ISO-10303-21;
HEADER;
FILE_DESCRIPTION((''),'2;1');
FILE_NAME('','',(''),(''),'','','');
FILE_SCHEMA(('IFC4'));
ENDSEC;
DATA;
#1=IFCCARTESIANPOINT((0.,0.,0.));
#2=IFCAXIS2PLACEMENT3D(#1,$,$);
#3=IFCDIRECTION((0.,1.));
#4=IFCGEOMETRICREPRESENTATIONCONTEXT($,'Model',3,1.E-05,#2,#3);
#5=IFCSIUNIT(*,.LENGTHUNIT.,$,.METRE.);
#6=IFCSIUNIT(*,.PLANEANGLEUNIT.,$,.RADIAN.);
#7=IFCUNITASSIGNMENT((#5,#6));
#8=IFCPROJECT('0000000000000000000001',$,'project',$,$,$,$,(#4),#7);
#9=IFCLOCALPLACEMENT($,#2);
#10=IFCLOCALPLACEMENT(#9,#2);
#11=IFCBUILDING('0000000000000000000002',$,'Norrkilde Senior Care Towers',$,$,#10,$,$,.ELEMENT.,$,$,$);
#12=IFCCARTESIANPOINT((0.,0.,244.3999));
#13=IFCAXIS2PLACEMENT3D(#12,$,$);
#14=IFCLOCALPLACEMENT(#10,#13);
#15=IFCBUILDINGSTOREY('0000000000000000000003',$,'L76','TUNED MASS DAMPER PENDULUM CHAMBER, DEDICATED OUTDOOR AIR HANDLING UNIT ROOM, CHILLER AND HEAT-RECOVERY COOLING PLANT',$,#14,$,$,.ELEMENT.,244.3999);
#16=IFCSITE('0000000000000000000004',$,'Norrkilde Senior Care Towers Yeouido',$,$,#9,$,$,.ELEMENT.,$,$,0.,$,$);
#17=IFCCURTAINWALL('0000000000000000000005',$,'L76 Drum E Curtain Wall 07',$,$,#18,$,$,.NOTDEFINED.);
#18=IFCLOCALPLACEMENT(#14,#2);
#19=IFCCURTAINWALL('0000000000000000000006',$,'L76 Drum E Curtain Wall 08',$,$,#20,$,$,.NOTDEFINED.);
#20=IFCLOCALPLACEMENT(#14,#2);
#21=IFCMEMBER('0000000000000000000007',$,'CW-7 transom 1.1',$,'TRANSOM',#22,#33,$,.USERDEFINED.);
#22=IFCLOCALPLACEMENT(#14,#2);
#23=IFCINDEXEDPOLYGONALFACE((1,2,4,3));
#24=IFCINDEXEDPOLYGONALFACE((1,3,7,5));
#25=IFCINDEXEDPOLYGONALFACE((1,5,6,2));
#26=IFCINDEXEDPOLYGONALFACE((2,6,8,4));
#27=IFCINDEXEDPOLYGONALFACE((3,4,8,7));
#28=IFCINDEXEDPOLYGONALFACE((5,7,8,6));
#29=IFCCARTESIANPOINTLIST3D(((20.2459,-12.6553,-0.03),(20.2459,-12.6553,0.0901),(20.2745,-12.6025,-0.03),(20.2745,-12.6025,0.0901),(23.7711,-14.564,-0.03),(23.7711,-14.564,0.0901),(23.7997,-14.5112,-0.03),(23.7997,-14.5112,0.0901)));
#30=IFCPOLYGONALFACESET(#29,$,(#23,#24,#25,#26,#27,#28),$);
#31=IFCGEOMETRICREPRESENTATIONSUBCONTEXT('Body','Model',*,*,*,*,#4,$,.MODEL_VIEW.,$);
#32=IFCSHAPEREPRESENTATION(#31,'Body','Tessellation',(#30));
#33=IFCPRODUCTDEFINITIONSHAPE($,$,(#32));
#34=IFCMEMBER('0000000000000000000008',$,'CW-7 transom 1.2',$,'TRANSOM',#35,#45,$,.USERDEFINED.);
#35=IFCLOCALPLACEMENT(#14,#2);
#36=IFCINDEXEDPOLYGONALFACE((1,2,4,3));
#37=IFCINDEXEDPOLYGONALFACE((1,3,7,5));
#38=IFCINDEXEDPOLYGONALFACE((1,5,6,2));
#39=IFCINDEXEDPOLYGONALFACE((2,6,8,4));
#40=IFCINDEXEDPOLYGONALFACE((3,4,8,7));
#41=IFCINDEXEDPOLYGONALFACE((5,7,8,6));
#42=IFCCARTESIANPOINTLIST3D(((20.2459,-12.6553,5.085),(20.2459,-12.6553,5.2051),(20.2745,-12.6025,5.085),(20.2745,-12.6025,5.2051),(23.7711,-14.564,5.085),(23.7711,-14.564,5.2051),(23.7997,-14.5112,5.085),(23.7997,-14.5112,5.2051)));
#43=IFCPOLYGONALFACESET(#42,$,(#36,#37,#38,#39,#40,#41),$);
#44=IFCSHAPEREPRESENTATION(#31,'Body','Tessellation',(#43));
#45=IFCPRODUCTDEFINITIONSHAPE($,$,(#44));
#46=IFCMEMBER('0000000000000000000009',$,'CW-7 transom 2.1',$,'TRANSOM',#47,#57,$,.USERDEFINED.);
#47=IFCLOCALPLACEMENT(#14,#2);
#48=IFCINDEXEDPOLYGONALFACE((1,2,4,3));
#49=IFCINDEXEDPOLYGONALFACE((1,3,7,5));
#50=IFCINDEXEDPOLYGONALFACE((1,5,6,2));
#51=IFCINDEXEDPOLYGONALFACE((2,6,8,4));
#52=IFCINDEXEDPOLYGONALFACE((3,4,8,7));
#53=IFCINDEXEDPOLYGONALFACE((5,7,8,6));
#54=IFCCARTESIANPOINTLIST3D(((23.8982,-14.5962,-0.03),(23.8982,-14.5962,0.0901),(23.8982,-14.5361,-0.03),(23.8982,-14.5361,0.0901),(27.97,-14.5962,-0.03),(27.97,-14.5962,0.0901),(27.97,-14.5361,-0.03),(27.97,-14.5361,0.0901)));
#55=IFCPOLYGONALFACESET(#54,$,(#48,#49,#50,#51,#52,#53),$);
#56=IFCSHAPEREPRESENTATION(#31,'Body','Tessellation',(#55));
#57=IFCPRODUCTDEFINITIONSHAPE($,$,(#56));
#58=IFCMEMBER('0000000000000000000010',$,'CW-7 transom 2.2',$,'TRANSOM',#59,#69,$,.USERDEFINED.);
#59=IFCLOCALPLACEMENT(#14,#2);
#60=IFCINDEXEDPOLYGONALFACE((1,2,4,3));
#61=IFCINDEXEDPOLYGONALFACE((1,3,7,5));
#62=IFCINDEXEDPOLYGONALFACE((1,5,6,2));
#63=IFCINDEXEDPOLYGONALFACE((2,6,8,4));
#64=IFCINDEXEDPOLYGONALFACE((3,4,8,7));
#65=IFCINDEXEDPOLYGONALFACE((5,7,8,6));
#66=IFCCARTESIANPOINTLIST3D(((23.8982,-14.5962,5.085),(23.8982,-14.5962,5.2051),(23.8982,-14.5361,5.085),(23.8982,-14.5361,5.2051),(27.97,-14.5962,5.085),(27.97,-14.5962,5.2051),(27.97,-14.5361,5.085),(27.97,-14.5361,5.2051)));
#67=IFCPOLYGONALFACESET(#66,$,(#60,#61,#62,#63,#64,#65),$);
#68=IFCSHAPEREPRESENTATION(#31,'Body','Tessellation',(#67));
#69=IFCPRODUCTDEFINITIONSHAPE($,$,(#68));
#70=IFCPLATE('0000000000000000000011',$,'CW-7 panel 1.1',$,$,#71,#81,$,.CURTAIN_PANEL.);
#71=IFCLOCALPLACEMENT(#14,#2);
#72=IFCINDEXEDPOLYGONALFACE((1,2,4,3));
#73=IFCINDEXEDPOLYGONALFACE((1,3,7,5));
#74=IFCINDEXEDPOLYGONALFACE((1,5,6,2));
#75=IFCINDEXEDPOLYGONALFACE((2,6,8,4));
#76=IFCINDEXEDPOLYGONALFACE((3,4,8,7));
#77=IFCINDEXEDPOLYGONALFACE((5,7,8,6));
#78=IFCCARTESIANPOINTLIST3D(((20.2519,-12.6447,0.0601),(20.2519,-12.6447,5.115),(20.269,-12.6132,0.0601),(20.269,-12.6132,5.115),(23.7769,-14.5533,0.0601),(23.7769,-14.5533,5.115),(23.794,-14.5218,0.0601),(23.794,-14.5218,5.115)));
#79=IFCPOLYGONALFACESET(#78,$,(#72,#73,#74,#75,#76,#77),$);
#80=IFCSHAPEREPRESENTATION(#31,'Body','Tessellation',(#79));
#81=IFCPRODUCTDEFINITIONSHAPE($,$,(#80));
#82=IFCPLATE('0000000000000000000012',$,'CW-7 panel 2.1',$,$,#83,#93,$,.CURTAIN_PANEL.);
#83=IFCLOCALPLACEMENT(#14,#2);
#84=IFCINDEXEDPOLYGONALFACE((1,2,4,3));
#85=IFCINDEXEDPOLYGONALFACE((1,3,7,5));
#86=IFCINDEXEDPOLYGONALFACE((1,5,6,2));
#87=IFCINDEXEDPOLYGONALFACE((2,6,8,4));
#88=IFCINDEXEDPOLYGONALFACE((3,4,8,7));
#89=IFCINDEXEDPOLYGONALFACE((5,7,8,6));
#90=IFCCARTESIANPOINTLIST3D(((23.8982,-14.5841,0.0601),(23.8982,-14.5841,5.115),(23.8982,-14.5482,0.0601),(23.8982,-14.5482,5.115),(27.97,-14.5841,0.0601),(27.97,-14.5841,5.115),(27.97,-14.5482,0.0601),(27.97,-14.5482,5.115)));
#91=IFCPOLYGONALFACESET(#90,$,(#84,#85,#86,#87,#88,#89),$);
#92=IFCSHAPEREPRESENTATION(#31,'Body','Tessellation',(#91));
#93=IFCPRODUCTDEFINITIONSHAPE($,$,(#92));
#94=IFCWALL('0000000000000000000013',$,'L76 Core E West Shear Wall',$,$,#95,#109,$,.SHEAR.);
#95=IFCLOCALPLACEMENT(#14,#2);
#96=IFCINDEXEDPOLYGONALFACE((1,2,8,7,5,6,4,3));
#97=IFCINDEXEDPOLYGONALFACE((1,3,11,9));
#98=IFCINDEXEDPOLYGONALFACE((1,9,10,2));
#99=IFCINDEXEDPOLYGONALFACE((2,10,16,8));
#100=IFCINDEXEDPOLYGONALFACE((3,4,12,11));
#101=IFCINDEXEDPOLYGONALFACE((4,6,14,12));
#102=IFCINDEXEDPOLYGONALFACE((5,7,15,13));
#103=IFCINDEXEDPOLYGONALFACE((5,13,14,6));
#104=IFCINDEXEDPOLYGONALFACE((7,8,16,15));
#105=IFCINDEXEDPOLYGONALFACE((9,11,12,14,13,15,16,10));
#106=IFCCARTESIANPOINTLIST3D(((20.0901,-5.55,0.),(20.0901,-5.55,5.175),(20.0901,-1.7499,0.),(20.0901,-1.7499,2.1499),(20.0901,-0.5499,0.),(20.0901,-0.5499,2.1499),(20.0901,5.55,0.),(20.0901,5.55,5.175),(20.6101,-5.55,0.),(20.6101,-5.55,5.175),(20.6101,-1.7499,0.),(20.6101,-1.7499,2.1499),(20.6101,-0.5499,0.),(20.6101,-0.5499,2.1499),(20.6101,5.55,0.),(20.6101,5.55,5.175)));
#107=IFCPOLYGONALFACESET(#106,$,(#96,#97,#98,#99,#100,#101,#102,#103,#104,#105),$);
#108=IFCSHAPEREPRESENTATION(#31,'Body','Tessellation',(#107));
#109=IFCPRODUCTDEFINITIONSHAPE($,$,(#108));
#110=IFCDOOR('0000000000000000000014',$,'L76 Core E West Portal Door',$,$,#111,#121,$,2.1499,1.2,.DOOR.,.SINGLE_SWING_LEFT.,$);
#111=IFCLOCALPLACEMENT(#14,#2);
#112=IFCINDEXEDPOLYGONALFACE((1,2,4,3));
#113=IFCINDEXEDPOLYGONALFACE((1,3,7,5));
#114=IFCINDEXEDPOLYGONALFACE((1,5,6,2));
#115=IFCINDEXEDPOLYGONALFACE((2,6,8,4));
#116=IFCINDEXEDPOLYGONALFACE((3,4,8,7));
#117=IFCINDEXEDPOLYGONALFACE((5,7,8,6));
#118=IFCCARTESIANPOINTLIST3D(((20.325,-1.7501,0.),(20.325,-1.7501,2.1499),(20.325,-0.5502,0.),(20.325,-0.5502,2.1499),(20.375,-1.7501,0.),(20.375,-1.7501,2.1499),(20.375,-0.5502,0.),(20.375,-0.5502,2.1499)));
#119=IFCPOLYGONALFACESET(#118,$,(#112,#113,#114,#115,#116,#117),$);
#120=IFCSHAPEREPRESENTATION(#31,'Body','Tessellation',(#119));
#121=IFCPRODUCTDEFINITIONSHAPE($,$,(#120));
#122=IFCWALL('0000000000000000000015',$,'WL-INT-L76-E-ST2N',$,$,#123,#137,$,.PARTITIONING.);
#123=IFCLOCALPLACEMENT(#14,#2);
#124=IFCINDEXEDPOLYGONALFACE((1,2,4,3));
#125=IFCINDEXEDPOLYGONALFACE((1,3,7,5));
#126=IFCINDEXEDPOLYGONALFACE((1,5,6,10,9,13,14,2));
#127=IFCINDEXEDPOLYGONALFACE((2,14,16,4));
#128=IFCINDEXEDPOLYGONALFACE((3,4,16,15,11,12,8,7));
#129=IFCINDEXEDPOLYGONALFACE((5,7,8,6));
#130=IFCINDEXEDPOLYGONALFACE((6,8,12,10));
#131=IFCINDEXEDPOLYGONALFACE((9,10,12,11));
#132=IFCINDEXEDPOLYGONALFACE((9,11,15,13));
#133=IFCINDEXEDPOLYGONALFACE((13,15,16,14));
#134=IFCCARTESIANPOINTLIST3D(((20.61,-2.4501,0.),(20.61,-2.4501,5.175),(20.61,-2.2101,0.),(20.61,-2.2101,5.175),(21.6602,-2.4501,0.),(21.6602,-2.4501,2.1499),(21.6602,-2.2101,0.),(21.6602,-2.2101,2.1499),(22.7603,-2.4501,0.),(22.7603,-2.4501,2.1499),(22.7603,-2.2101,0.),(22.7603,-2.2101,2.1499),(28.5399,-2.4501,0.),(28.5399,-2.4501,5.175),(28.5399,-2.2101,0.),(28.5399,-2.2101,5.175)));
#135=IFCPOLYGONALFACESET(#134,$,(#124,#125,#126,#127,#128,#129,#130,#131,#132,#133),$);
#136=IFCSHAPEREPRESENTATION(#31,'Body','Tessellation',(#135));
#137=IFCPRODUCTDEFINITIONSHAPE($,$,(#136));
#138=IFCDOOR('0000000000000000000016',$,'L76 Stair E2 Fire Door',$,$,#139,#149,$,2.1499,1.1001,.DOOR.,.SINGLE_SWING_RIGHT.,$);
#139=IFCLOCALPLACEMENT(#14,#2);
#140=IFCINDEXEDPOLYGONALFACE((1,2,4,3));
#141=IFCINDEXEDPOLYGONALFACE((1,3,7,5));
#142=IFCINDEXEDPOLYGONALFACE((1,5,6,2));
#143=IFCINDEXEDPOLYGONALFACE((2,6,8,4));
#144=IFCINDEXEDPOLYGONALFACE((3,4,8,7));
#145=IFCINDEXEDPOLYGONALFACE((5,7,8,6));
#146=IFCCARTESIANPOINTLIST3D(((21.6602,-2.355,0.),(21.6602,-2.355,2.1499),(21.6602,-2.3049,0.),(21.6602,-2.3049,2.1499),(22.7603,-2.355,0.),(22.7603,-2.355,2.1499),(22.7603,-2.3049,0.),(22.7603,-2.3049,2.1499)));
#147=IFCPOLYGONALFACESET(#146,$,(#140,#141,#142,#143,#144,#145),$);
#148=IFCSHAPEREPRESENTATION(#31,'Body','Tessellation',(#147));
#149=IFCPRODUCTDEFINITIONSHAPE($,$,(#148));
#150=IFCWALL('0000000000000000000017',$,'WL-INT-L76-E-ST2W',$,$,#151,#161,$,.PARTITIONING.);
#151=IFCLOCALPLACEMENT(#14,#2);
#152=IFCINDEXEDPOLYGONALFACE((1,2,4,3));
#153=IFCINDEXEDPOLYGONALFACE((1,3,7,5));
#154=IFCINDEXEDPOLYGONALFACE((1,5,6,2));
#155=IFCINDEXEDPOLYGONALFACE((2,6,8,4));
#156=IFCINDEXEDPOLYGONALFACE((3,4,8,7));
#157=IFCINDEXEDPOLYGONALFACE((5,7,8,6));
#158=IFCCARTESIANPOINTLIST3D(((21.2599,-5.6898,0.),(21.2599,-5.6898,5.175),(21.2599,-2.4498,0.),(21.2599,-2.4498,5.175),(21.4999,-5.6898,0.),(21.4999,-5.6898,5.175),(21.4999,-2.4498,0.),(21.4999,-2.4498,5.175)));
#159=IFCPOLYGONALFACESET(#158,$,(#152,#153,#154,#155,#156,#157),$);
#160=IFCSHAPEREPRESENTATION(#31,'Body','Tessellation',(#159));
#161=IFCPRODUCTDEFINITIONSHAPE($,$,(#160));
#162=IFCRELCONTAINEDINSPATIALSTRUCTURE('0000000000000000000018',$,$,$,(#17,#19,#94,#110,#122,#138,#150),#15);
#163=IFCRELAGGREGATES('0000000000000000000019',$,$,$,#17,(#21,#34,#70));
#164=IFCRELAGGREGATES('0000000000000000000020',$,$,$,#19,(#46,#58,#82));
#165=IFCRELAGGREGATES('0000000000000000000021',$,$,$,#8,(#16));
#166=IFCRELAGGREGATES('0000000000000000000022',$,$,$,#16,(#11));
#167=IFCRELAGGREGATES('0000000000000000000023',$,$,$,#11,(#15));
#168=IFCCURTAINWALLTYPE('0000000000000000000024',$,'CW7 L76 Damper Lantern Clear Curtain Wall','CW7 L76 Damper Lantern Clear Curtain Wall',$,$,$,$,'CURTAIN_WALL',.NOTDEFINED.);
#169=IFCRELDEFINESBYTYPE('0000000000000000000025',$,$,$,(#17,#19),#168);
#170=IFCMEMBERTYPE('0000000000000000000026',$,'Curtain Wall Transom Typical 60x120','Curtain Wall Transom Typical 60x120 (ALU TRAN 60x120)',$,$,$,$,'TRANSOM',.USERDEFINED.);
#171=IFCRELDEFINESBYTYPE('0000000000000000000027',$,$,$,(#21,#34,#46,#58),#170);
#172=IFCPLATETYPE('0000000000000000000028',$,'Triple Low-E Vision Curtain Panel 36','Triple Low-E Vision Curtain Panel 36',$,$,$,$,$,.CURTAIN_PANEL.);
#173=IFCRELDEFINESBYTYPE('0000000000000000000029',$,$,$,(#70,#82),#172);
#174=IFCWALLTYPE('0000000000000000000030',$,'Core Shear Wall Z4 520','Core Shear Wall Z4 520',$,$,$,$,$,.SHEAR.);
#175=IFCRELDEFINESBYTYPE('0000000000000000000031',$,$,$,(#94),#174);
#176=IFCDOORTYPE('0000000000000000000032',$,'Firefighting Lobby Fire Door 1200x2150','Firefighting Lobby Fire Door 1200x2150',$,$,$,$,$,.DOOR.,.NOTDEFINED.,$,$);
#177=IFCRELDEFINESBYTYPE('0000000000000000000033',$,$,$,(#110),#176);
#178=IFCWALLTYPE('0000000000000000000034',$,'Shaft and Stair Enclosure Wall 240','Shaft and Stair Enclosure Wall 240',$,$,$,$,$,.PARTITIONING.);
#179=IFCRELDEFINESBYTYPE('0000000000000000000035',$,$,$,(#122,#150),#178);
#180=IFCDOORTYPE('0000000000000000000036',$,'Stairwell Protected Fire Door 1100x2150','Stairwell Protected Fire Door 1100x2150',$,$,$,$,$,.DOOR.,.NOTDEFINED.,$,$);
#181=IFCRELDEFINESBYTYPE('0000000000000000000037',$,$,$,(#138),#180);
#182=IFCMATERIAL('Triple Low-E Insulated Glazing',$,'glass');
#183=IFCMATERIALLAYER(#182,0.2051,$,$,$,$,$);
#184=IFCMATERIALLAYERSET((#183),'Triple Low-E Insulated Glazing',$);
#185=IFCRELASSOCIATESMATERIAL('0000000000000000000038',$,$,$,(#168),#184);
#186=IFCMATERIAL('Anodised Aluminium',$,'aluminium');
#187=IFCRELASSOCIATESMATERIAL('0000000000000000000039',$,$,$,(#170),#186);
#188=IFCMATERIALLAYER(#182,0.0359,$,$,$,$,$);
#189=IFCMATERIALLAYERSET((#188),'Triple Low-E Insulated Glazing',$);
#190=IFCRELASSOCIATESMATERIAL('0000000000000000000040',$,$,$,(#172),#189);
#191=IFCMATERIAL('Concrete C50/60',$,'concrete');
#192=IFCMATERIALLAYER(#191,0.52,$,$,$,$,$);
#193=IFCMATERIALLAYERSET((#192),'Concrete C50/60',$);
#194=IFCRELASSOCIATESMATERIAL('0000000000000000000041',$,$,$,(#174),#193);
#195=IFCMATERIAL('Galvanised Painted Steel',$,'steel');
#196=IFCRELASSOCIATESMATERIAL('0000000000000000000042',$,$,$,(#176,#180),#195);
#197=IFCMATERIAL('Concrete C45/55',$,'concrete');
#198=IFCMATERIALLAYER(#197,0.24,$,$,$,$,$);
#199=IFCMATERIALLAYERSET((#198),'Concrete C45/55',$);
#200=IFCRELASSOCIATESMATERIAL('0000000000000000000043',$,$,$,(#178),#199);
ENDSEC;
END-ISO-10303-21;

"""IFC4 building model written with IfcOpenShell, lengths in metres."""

from ifc_helpers import new_model, si_unit, direction, frame, frame_2d, origin, origin_2d, place, context, subcontext, project, spatial, rectangle, extrude, source, transform, mapped, material, layer, layer_set, material_profile, profile_set, type_object, type_shapes, element, fill, aggregate, save


model = new_model("IFC4")

# Units and contexts
model_context = context("Model", 3, precision=1e-05, world=origin(), true_north=direction((0.0, 1.0)))
body_context = subcontext(model_context, "Body", "Model", "MODEL_VIEW")
ifc_project = project(units=[si_unit("LENGTHUNIT", "METRE"), si_unit("PLANEANGLEUNIT", "RADIAN")], contexts=[model_context])

# Site, building, storey
site_placement = place(None, origin())
site = spatial("IfcSite", under=ifc_project, at=site_placement, Name="Norrkilde Senior Care Towers Yeouido", CompositionType="ELEMENT", RefElevation=0.0)
building_placement = place(site_placement, origin())
building = spatial("IfcBuilding", under=site, at=building_placement, Name="Norrkilde Senior Care Towers", CompositionType="ELEMENT")
storey_placement = place(building_placement, frame((0.0, 0.0, 244.3999)))
storey = spatial("IfcBuildingStorey", under=building, at=storey_placement, Name="L76", Description="TUNED MASS DAMPER PENDULUM CHAMBER, DEDICATED OUTDOOR AIR HANDLING UNIT ROOM, CHILLER AND HEAT-RECOVERY COOLING PLANT", CompositionType="ELEMENT", Elevation=244.3999)

# Shared definitions
ifc_material_1 = material(Name="Concrete C50/60", Category="concrete")

# Curtain walls
ifc_material_2 = material(Name="Triple Low-E Insulated Glazing", Category="glass")
ifc_layer_1 = layer(ifc_material_2, 0.2051)
ifc_layer_set_1 = layer_set([ifc_layer_1], Name="Triple Low-E Insulated Glazing")
curtain_wall_type = type_object("IfcCurtainWallType", Name="CW7 L76 Damper Lantern Clear Curtain Wall", Description="CW7 L76 Damper Lantern Clear Curtain Wall", ElementType="CURTAIN_WALL", PredefinedType="NOTDEFINED", material=ifc_layer_set_1)
curtain_wall_1_placement = place(storey_placement, origin())
curtain_wall_1 = element("IfcCurtainWall", 1, at=curtain_wall_1_placement, inside=storey, type_object=curtain_wall_type, Name="L76 Drum E Curtain Wall 07", PredefinedType="NOTDEFINED")
ifc_material_3 = material(Name="Anodised Aluminium", Category="aluminium")
curtain_wall_2_placement = place(storey_placement, origin())
curtain_wall_2 = element("IfcCurtainWall", 2, at=curtain_wall_2_placement, inside=storey, type_object=curtain_wall_type, Name="L76 Drum E Curtain Wall 08", PredefinedType="NOTDEFINED")

# Members
ifc_material_profile_1 = material_profile(ifc_material_3, rectangle(XDim=0.0601, YDim=0.1201, at=origin_2d()), Name="ALU TRAN 60x120")
ifc_profile_set_1 = profile_set([ifc_material_profile_1], Name="Anodised Aluminium")
member_type_1 = type_object("IfcMemberType", Name="Curtain Wall Transom Typical 60x120", Description="Curtain Wall Transom Typical 60x120 (ALU TRAN 60x120)", ElementType="TRANSOM", PredefinedType="USERDEFINED", material=ifc_profile_set_1)
shared_shape_1 = source(origin(), body_context, "Body", "SweptSolid", [
    extrude(rectangle(XDim=0.0601, YDim=0.1201, at=origin_2d()), origin(), (0.0, 0.0, 1.0), 4.0088),
])
member_1_placement = place(storey_placement, frame((23.7854, -14.5376, 0.03), z_axis=(-0.879372, 0.476136, 0.0), x_axis=(-0.476136, -0.879372, 0.0)))
member_1 = element("IfcMember", 3, at=member_1_placement, type_object=member_type_1, Name="CW-7 transom 1.1", ObjectType="TRANSOM", PredefinedType="USERDEFINED", context=body_context, shape_type="MappedRepresentation", body=[
    mapped(shared_shape_1, transform((0.0, 0.0, 0.0), x_axis=(1.0, 0.0, 0.0), y_axis=(0.0, 1.0, 0.0), z_axis=(0.0, 0.0, 1.0), scale=1.0)),
])
member_2_placement = place(storey_placement, frame((23.7854, -14.5376, 5.145), z_axis=(-0.879372, 0.476136, 0.0), x_axis=(-0.476136, -0.879372, 0.0)))
member_2 = element("IfcMember", 4, at=member_2_placement, type_object=member_type_1, Name="CW-7 transom 1.2", ObjectType="TRANSOM", PredefinedType="USERDEFINED", context=body_context, shape_type="MappedRepresentation", body=[
    mapped(shared_shape_1, transform((0.0, 0.0, 0.0), x_axis=(1.0, 0.0, 0.0), y_axis=(0.0, 1.0, 0.0), z_axis=(0.0, 0.0, 1.0), scale=1.0)),
])
shared_shape_2 = source(origin(), body_context, "Body", "SweptSolid", [
    extrude(rectangle(XDim=0.0601, YDim=0.1201, at=origin_2d()), origin(), (0.0, 0.0, 1.0), 4.0718),
])
type_shapes(member_type_1, [shared_shape_1, shared_shape_2])
member_3_placement = place(storey_placement, frame((27.97, -14.5662, 0.03), z_axis=(-1.0, 0.0, 0.0), x_axis=(0.0, -1.0, 0.0)))
member_3 = element("IfcMember", 5, at=member_3_placement, type_object=member_type_1, Name="CW-7 transom 2.1", ObjectType="TRANSOM", PredefinedType="USERDEFINED", context=body_context, shape_type="MappedRepresentation", body=[
    mapped(shared_shape_2, transform((0.0, 0.0, 0.0), x_axis=(1.0, 0.0, 0.0), y_axis=(0.0, 1.0, 0.0), z_axis=(0.0, 0.0, 1.0), scale=1.0)),
])
member_4_placement = place(storey_placement, frame((27.97, -14.5662, 5.145), z_axis=(-1.0, 0.0, 0.0), x_axis=(0.0, -1.0, 0.0)))
member_4 = element("IfcMember", 6, at=member_4_placement, type_object=member_type_1, Name="CW-7 transom 2.2", ObjectType="TRANSOM", PredefinedType="USERDEFINED", context=body_context, shape_type="MappedRepresentation", body=[
    mapped(shared_shape_2, transform((0.0, 0.0, 0.0), x_axis=(1.0, 0.0, 0.0), y_axis=(0.0, 1.0, 0.0), z_axis=(0.0, 0.0, 1.0), scale=1.0)),
])

# Plates
ifc_layer_2 = layer(ifc_material_2, 0.0359)
ifc_layer_set_2 = layer_set([ifc_layer_2], Name="Triple Low-E Insulated Glazing")
plate_type = type_object("IfcPlateType", Name="Triple Low-E Vision Curtain Panel 36", Description="Triple Low-E Vision Curtain Panel 36", PredefinedType="CURTAIN_PANEL", material=ifc_layer_set_2)
shared_shape_3 = source(origin(), body_context, "Body", "SweptSolid", [
    extrude(rectangle(XDim=4.0085, YDim=0.0359, at=origin_2d()), origin(), (0.0, 0.0, 1.0), 5.0549),
])
plate_1_placement = place(storey_placement, frame((22.0229, -13.5833, 0.0601), z_axis=(0.0, 0.0, 1.0), x_axis=(-0.879373, 0.476133, 0.0)))
plate_1 = element("IfcPlate", 7, at=plate_1_placement, type_object=plate_type, Name="CW-7 panel 1.1", PredefinedType="CURTAIN_PANEL", context=body_context, shape_type="MappedRepresentation", body=[
    mapped(shared_shape_3, transform((0.0, 0.0, 0.0), x_axis=(1.0, 0.0, 0.0), y_axis=(0.0, 1.0, 0.0), z_axis=(0.0, 0.0, 1.0), scale=1.0)),
])
aggregate(curtain_wall_1, [member_1, member_2, plate_1])
shared_shape_4 = source(origin(), body_context, "Body", "SweptSolid", [
    extrude(rectangle(XDim=4.0718, YDim=0.0359, at=origin_2d()), origin(), (0.0, 0.0, 1.0), 5.0549),
])
type_shapes(plate_type, [shared_shape_3, shared_shape_4])
plate_2_placement = place(storey_placement, frame((25.9341, -14.5662, 0.0601), z_axis=(0.0, 0.0, 1.0), x_axis=(-1.0, 0.0, 0.0)))
plate_2 = element("IfcPlate", 8, at=plate_2_placement, type_object=plate_type, Name="CW-7 panel 2.1", PredefinedType="CURTAIN_PANEL", context=body_context, shape_type="MappedRepresentation", body=[
    mapped(shared_shape_4, transform((0.0, 0.0, 0.0), x_axis=(1.0, 0.0, 0.0), y_axis=(0.0, 1.0, 0.0), z_axis=(0.0, 0.0, 1.0), scale=1.0)),
])
aggregate(curtain_wall_2, [member_3, member_4, plate_2])

# Walls, openings, doors
ifc_layer_3 = layer(ifc_material_1, 0.52)
ifc_layer_set_3 = layer_set([ifc_layer_3], Name="Concrete C50/60")
wall_type_1 = type_object("IfcWallType", Name="Core Shear Wall Z4 520", Description="Core Shear Wall Z4 520", PredefinedType="SHEAR", material=ifc_layer_set_3)
shared_shape_5 = source(origin(), body_context, "Body", "SweptSolid", [
    extrude(rectangle(XDim=11.1001, YDim=0.52, at=frame_2d((5.55, 0.0))), origin(), (0.0, 0.0, 1.0), 5.175),
])
type_shapes(wall_type_1, [shared_shape_5])
wall_1_placement = place(storey_placement, frame((20.3501, -5.55, 0.0), z_axis=(0.0, 0.0, 1.0), x_axis=(0.0, 1.0, 0.0)))
wall_1 = element("IfcWall", 9, at=wall_1_placement, inside=storey, type_object=wall_type_1, Name="L76 Core E West Shear Wall", PredefinedType="SHEAR", context=body_context, shape_type="MappedRepresentation", body=[
    mapped(shared_shape_5, transform((0.0, 0.0, 0.0), x_axis=(1.0, 0.0, 0.0), y_axis=(0.0, 1.0, 0.0), z_axis=(0.0, 0.0, 1.0), scale=1.0)),
])
opening_1_placement = place(wall_1_placement, frame((3.8, 0.0, 0.0)))
opening_1 = element("IfcOpeningElement", 10, at=opening_1_placement, cuts=wall_1, PredefinedType="OPENING", context=body_context, shape_type="SweptSolid", body=[
    extrude(rectangle(XDim=1.2, YDim=2.1499, at=frame_2d((0.6001, 1.075))), frame((0.0, 0.27, 0.0), z_axis=(0.0, -1.0, 0.0), x_axis=(1.0, 0.0, 0.0)), (0.0, 0.0, 1.0), 0.54),
])
ifc_material_4 = material(Name="Galvanised Painted Steel", Category="steel")
door_type_1 = type_object("IfcDoorType", Name="Firefighting Lobby Fire Door 1200x2150", Description="Firefighting Lobby Fire Door 1200x2150", OperationType="NOTDEFINED", PredefinedType="DOOR", material=ifc_material_4)
shared_shape_6 = source(origin(), body_context, "Body", "SweptSolid", [
    extrude(rectangle(XDim=1.2, YDim=2.1499, at=frame_2d((0.6001, 1.075))), frame((0.0, 0.0249, 0.0), z_axis=(0.0, -1.0, 0.0), x_axis=(1.0, 0.0, 0.0)), (0.0, 0.0, 1.0), 0.05),
])
type_shapes(door_type_1, [shared_shape_6])
door_1_placement = place(opening_1_placement, frame((1.2, 0.0, 0.0), z_axis=(0.0, 0.0, 1.0), x_axis=(-1.0, 0.0, 0.0)))
door_1 = element("IfcDoor", 11, at=door_1_placement, inside=storey, type_object=door_type_1, Name="L76 Core E West Portal Door", OperationType="SINGLE_SWING_LEFT", OverallHeight=2.1499, OverallWidth=1.2, PredefinedType="DOOR", context=body_context, shape_type="MappedRepresentation", body=[
    mapped(shared_shape_6, transform((0.0, 0.0, 0.0), x_axis=(1.0, 0.0, 0.0), y_axis=(0.0, 1.0, 0.0), z_axis=(0.0, 0.0, 1.0), scale=1.0)),
])
fill(opening_1, door_1)
ifc_material_5 = material(Name="Concrete C45/55", Category="concrete")
ifc_layer_4 = layer(ifc_material_5, 0.24)
ifc_layer_set_4 = layer_set([ifc_layer_4], Name="Concrete C45/55")
wall_type_2 = type_object("IfcWallType", Name="Shaft and Stair Enclosure Wall 240", Description="Shaft and Stair Enclosure Wall 240", PredefinedType="PARTITIONING", material=ifc_layer_set_4)
shared_shape_7 = source(origin(), body_context, "Body", "SweptSolid", [
    extrude(rectangle(XDim=7.9299, YDim=0.24, at=frame_2d((3.9648, 0.0))), origin(), (0.0, 0.0, 1.0), 5.175),
])
wall_2_placement = place(storey_placement, frame((20.6101, -2.3301, 0.0), z_axis=(0.0, 0.0, 1.0), x_axis=(1.0, 0.0, 0.0)))
wall_2 = element("IfcWall", 12, at=wall_2_placement, inside=storey, type_object=wall_type_2, Name="WL-INT-L76-E-ST2N", PredefinedType="PARTITIONING", context=body_context, shape_type="MappedRepresentation", body=[
    mapped(shared_shape_7, transform((0.0, 0.0, 0.0), x_axis=(1.0, 0.0, 0.0), y_axis=(0.0, 1.0, 0.0), z_axis=(0.0, 0.0, 1.0), scale=1.0)),
])
opening_2_placement = place(wall_2_placement, frame((1.05, 0.0, 0.0)))
opening_2 = element("IfcOpeningElement", 13, at=opening_2_placement, cuts=wall_2, PredefinedType="OPENING", context=body_context, shape_type="SweptSolid", body=[
    extrude(rectangle(XDim=1.1001, YDim=2.1499, at=frame_2d((0.55, 1.075))), frame((0.0, 0.1299, 0.0), z_axis=(0.0, -1.0, 0.0), x_axis=(1.0, 0.0, 0.0)), (0.0, 0.0, 1.0), 0.26),
])
door_type_2 = type_object("IfcDoorType", Name="Stairwell Protected Fire Door 1100x2150", Description="Stairwell Protected Fire Door 1100x2150", OperationType="NOTDEFINED", PredefinedType="DOOR", material=ifc_material_4)
shared_shape_8 = source(origin(), body_context, "Body", "SweptSolid", [
    extrude(rectangle(XDim=1.1001, YDim=2.1499, at=frame_2d((0.55, 1.075))), frame((0.0, 0.0249, 0.0), z_axis=(0.0, -1.0, 0.0), x_axis=(1.0, 0.0, 0.0)), (0.0, 0.0, 1.0), 0.05),
])
type_shapes(door_type_2, [shared_shape_8])
door_2_placement = place(opening_2_placement, frame((1.1001, 0.0, 0.0), z_axis=(0.0, 0.0, 1.0), x_axis=(-1.0, 0.0, 0.0)))
door_2 = element("IfcDoor", 14, at=door_2_placement, inside=storey, type_object=door_type_2, Name="L76 Stair E2 Fire Door", OperationType="SINGLE_SWING_RIGHT", OverallHeight=2.1499, OverallWidth=1.1001, PredefinedType="DOOR", context=body_context, shape_type="MappedRepresentation", body=[
    mapped(shared_shape_8, transform((0.0, 0.0, 0.0), x_axis=(1.0, 0.0, 0.0), y_axis=(0.0, 1.0, 0.0), z_axis=(0.0, 0.0, 1.0), scale=1.0)),
])
fill(opening_2, door_2)

# Wall
shared_shape_9 = source(origin(), body_context, "Body", "SweptSolid", [
    extrude(rectangle(XDim=3.24, YDim=0.24, at=frame_2d((1.6201, 0.0))), origin(), (0.0, 0.0, 1.0), 5.175),
])
type_shapes(wall_type_2, [shared_shape_7, shared_shape_9])
wall_3_placement = place(storey_placement, frame((21.3799, -5.6899, 0.0), z_axis=(0.0, 0.0, 1.0), x_axis=(0.0, 1.0, 0.0)))
element("IfcWall", 15, at=wall_3_placement, inside=storey, type_object=wall_type_2, Name="WL-INT-L76-E-ST2W", PredefinedType="PARTITIONING", context=body_context, shape_type="MappedRepresentation", body=[
    mapped(shared_shape_9, transform((0.0, 0.0, 0.0), x_axis=(1.0, 0.0, 0.0), y_axis=(0.0, 1.0, 0.0), z_axis=(0.0, 0.0, 1.0), scale=1.0)),
])

save(model, "model.ifc")
